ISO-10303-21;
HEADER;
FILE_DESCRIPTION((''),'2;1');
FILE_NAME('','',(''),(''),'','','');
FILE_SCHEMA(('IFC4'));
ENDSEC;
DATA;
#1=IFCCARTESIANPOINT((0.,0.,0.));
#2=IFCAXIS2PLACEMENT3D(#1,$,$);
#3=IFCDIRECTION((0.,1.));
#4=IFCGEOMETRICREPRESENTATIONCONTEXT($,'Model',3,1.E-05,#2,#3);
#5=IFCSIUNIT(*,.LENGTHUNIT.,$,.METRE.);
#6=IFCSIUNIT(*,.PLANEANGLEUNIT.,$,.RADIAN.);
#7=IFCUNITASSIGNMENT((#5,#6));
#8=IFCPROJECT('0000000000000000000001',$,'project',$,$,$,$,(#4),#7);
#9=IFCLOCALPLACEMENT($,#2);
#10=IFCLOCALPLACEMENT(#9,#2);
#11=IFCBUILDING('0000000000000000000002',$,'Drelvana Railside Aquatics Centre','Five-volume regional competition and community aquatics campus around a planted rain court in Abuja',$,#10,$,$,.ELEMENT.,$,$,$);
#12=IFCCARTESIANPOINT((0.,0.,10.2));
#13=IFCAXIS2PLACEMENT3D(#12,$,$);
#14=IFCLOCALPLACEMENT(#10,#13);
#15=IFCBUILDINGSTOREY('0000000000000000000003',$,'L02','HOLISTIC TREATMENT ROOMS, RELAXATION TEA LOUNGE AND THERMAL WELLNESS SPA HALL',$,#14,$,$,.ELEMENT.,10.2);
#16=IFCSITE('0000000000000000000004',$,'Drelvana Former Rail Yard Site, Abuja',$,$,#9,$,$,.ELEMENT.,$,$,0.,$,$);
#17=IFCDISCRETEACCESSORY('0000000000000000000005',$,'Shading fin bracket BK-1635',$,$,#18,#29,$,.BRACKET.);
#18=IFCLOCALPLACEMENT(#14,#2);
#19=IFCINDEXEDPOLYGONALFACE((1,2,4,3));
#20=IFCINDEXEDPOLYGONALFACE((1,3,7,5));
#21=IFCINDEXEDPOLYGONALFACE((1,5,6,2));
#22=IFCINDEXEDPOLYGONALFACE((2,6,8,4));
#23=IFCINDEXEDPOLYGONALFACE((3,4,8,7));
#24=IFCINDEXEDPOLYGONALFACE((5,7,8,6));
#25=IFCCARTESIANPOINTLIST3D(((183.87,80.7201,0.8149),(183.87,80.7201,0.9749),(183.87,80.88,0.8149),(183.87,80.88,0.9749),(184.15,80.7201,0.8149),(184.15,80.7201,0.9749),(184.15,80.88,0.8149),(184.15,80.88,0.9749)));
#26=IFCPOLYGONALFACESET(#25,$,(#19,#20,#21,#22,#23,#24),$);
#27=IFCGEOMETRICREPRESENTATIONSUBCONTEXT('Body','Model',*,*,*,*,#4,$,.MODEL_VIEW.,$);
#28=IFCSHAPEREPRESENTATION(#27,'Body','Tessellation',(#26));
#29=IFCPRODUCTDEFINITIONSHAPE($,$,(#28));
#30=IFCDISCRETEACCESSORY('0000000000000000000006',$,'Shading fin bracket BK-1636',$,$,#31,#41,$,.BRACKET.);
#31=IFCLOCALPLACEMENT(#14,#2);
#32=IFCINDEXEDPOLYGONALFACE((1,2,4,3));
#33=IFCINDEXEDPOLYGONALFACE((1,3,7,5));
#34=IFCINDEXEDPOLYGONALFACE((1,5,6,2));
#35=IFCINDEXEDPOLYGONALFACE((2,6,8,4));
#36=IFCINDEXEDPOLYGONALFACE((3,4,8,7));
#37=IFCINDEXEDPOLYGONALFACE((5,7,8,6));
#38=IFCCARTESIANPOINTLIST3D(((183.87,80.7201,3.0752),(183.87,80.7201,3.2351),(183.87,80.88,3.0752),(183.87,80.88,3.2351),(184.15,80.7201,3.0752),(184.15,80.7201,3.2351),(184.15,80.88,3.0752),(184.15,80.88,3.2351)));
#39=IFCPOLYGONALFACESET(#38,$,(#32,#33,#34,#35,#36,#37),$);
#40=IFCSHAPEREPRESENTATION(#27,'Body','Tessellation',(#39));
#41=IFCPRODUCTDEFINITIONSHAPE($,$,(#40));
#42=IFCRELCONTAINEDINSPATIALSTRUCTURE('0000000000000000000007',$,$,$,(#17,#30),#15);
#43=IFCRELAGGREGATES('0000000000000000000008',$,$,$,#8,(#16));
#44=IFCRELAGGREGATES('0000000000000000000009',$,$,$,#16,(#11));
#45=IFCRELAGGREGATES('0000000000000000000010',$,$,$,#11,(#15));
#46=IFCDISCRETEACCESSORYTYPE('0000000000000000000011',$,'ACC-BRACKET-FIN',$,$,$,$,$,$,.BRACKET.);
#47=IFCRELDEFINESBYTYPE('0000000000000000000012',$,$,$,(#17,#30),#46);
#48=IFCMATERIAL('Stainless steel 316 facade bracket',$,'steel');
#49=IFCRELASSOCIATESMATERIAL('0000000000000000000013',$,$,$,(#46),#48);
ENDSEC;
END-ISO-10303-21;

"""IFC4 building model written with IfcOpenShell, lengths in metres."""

from ifc_helpers import new_model, si_unit, direction, frame, origin, origin_2d, place, context, subcontext, project, spatial, rectangle, extrude, material, type_object, element, save


model = new_model("IFC4")

# Units and contexts
model_context = context("Model", 3, precision=1e-05, world=origin(), true_north=direction((0.0, 1.0)))
body_context = subcontext(model_context, "Body", "Model", "MODEL_VIEW")
ifc_project = project(units=[si_unit("LENGTHUNIT", "METRE"), si_unit("PLANEANGLEUNIT", "RADIAN")], contexts=[model_context])

# Site, building, storey
site_placement = place(None, origin())
site = spatial("IfcSite", under=ifc_project, at=site_placement, Name="Drelvana Former Rail Yard Site, Abuja", CompositionType="ELEMENT", RefElevation=0.0)
building_placement = place(site_placement, origin())
building = spatial("IfcBuilding", under=site, at=building_placement, Name="Drelvana Railside Aquatics Centre", Description="Five-volume regional competition and community aquatics campus around a planted rain court in Abuja", CompositionType="ELEMENT")
storey_placement = place(building_placement, frame((0.0, 0.0, 10.2)))
storey = spatial("IfcBuildingStorey", under=building, at=storey_placement, Name="L02", Description="HOLISTIC TREATMENT ROOMS, RELAXATION TEA LOUNGE AND THERMAL WELLNESS SPA HALL", CompositionType="ELEMENT", Elevation=10.2)

# Discrete accessories
ifc_material_1 = material(Name="Stainless steel 316 facade bracket", Category="steel")
discrete_accessory_type = type_object("IfcDiscreteAccessoryType", Name="ACC-BRACKET-FIN", PredefinedType="BRACKET", material=ifc_material_1)
for number, where, z_axis, x_axis, name in (
    (1, (184.01, 80.8, 0.8149), (0.0, 0.0, 1.0), (1.0, 0.0, 0.0), "Shading fin bracket BK-1635"),
    (2, (184.01, 80.8, 3.0752), (0.0, 0.0, 1.0), (1.0, 0.0, 0.0), "Shading fin bracket BK-1636"),
):
    element("IfcDiscreteAccessory", number, at=place(storey_placement, frame(where, z_axis=z_axis, x_axis=x_axis)), inside=storey, type_object=discrete_accessory_type, Name=name, PredefinedType="BRACKET", context=body_context, shape_type="SweptSolid", body=[
        extrude(rectangle(XDim=0.28, YDim=0.1599, at=origin_2d()), origin(), (0.0, 0.0, 1.0), 0.1599),
    ])

save(model, "model.ifc")
